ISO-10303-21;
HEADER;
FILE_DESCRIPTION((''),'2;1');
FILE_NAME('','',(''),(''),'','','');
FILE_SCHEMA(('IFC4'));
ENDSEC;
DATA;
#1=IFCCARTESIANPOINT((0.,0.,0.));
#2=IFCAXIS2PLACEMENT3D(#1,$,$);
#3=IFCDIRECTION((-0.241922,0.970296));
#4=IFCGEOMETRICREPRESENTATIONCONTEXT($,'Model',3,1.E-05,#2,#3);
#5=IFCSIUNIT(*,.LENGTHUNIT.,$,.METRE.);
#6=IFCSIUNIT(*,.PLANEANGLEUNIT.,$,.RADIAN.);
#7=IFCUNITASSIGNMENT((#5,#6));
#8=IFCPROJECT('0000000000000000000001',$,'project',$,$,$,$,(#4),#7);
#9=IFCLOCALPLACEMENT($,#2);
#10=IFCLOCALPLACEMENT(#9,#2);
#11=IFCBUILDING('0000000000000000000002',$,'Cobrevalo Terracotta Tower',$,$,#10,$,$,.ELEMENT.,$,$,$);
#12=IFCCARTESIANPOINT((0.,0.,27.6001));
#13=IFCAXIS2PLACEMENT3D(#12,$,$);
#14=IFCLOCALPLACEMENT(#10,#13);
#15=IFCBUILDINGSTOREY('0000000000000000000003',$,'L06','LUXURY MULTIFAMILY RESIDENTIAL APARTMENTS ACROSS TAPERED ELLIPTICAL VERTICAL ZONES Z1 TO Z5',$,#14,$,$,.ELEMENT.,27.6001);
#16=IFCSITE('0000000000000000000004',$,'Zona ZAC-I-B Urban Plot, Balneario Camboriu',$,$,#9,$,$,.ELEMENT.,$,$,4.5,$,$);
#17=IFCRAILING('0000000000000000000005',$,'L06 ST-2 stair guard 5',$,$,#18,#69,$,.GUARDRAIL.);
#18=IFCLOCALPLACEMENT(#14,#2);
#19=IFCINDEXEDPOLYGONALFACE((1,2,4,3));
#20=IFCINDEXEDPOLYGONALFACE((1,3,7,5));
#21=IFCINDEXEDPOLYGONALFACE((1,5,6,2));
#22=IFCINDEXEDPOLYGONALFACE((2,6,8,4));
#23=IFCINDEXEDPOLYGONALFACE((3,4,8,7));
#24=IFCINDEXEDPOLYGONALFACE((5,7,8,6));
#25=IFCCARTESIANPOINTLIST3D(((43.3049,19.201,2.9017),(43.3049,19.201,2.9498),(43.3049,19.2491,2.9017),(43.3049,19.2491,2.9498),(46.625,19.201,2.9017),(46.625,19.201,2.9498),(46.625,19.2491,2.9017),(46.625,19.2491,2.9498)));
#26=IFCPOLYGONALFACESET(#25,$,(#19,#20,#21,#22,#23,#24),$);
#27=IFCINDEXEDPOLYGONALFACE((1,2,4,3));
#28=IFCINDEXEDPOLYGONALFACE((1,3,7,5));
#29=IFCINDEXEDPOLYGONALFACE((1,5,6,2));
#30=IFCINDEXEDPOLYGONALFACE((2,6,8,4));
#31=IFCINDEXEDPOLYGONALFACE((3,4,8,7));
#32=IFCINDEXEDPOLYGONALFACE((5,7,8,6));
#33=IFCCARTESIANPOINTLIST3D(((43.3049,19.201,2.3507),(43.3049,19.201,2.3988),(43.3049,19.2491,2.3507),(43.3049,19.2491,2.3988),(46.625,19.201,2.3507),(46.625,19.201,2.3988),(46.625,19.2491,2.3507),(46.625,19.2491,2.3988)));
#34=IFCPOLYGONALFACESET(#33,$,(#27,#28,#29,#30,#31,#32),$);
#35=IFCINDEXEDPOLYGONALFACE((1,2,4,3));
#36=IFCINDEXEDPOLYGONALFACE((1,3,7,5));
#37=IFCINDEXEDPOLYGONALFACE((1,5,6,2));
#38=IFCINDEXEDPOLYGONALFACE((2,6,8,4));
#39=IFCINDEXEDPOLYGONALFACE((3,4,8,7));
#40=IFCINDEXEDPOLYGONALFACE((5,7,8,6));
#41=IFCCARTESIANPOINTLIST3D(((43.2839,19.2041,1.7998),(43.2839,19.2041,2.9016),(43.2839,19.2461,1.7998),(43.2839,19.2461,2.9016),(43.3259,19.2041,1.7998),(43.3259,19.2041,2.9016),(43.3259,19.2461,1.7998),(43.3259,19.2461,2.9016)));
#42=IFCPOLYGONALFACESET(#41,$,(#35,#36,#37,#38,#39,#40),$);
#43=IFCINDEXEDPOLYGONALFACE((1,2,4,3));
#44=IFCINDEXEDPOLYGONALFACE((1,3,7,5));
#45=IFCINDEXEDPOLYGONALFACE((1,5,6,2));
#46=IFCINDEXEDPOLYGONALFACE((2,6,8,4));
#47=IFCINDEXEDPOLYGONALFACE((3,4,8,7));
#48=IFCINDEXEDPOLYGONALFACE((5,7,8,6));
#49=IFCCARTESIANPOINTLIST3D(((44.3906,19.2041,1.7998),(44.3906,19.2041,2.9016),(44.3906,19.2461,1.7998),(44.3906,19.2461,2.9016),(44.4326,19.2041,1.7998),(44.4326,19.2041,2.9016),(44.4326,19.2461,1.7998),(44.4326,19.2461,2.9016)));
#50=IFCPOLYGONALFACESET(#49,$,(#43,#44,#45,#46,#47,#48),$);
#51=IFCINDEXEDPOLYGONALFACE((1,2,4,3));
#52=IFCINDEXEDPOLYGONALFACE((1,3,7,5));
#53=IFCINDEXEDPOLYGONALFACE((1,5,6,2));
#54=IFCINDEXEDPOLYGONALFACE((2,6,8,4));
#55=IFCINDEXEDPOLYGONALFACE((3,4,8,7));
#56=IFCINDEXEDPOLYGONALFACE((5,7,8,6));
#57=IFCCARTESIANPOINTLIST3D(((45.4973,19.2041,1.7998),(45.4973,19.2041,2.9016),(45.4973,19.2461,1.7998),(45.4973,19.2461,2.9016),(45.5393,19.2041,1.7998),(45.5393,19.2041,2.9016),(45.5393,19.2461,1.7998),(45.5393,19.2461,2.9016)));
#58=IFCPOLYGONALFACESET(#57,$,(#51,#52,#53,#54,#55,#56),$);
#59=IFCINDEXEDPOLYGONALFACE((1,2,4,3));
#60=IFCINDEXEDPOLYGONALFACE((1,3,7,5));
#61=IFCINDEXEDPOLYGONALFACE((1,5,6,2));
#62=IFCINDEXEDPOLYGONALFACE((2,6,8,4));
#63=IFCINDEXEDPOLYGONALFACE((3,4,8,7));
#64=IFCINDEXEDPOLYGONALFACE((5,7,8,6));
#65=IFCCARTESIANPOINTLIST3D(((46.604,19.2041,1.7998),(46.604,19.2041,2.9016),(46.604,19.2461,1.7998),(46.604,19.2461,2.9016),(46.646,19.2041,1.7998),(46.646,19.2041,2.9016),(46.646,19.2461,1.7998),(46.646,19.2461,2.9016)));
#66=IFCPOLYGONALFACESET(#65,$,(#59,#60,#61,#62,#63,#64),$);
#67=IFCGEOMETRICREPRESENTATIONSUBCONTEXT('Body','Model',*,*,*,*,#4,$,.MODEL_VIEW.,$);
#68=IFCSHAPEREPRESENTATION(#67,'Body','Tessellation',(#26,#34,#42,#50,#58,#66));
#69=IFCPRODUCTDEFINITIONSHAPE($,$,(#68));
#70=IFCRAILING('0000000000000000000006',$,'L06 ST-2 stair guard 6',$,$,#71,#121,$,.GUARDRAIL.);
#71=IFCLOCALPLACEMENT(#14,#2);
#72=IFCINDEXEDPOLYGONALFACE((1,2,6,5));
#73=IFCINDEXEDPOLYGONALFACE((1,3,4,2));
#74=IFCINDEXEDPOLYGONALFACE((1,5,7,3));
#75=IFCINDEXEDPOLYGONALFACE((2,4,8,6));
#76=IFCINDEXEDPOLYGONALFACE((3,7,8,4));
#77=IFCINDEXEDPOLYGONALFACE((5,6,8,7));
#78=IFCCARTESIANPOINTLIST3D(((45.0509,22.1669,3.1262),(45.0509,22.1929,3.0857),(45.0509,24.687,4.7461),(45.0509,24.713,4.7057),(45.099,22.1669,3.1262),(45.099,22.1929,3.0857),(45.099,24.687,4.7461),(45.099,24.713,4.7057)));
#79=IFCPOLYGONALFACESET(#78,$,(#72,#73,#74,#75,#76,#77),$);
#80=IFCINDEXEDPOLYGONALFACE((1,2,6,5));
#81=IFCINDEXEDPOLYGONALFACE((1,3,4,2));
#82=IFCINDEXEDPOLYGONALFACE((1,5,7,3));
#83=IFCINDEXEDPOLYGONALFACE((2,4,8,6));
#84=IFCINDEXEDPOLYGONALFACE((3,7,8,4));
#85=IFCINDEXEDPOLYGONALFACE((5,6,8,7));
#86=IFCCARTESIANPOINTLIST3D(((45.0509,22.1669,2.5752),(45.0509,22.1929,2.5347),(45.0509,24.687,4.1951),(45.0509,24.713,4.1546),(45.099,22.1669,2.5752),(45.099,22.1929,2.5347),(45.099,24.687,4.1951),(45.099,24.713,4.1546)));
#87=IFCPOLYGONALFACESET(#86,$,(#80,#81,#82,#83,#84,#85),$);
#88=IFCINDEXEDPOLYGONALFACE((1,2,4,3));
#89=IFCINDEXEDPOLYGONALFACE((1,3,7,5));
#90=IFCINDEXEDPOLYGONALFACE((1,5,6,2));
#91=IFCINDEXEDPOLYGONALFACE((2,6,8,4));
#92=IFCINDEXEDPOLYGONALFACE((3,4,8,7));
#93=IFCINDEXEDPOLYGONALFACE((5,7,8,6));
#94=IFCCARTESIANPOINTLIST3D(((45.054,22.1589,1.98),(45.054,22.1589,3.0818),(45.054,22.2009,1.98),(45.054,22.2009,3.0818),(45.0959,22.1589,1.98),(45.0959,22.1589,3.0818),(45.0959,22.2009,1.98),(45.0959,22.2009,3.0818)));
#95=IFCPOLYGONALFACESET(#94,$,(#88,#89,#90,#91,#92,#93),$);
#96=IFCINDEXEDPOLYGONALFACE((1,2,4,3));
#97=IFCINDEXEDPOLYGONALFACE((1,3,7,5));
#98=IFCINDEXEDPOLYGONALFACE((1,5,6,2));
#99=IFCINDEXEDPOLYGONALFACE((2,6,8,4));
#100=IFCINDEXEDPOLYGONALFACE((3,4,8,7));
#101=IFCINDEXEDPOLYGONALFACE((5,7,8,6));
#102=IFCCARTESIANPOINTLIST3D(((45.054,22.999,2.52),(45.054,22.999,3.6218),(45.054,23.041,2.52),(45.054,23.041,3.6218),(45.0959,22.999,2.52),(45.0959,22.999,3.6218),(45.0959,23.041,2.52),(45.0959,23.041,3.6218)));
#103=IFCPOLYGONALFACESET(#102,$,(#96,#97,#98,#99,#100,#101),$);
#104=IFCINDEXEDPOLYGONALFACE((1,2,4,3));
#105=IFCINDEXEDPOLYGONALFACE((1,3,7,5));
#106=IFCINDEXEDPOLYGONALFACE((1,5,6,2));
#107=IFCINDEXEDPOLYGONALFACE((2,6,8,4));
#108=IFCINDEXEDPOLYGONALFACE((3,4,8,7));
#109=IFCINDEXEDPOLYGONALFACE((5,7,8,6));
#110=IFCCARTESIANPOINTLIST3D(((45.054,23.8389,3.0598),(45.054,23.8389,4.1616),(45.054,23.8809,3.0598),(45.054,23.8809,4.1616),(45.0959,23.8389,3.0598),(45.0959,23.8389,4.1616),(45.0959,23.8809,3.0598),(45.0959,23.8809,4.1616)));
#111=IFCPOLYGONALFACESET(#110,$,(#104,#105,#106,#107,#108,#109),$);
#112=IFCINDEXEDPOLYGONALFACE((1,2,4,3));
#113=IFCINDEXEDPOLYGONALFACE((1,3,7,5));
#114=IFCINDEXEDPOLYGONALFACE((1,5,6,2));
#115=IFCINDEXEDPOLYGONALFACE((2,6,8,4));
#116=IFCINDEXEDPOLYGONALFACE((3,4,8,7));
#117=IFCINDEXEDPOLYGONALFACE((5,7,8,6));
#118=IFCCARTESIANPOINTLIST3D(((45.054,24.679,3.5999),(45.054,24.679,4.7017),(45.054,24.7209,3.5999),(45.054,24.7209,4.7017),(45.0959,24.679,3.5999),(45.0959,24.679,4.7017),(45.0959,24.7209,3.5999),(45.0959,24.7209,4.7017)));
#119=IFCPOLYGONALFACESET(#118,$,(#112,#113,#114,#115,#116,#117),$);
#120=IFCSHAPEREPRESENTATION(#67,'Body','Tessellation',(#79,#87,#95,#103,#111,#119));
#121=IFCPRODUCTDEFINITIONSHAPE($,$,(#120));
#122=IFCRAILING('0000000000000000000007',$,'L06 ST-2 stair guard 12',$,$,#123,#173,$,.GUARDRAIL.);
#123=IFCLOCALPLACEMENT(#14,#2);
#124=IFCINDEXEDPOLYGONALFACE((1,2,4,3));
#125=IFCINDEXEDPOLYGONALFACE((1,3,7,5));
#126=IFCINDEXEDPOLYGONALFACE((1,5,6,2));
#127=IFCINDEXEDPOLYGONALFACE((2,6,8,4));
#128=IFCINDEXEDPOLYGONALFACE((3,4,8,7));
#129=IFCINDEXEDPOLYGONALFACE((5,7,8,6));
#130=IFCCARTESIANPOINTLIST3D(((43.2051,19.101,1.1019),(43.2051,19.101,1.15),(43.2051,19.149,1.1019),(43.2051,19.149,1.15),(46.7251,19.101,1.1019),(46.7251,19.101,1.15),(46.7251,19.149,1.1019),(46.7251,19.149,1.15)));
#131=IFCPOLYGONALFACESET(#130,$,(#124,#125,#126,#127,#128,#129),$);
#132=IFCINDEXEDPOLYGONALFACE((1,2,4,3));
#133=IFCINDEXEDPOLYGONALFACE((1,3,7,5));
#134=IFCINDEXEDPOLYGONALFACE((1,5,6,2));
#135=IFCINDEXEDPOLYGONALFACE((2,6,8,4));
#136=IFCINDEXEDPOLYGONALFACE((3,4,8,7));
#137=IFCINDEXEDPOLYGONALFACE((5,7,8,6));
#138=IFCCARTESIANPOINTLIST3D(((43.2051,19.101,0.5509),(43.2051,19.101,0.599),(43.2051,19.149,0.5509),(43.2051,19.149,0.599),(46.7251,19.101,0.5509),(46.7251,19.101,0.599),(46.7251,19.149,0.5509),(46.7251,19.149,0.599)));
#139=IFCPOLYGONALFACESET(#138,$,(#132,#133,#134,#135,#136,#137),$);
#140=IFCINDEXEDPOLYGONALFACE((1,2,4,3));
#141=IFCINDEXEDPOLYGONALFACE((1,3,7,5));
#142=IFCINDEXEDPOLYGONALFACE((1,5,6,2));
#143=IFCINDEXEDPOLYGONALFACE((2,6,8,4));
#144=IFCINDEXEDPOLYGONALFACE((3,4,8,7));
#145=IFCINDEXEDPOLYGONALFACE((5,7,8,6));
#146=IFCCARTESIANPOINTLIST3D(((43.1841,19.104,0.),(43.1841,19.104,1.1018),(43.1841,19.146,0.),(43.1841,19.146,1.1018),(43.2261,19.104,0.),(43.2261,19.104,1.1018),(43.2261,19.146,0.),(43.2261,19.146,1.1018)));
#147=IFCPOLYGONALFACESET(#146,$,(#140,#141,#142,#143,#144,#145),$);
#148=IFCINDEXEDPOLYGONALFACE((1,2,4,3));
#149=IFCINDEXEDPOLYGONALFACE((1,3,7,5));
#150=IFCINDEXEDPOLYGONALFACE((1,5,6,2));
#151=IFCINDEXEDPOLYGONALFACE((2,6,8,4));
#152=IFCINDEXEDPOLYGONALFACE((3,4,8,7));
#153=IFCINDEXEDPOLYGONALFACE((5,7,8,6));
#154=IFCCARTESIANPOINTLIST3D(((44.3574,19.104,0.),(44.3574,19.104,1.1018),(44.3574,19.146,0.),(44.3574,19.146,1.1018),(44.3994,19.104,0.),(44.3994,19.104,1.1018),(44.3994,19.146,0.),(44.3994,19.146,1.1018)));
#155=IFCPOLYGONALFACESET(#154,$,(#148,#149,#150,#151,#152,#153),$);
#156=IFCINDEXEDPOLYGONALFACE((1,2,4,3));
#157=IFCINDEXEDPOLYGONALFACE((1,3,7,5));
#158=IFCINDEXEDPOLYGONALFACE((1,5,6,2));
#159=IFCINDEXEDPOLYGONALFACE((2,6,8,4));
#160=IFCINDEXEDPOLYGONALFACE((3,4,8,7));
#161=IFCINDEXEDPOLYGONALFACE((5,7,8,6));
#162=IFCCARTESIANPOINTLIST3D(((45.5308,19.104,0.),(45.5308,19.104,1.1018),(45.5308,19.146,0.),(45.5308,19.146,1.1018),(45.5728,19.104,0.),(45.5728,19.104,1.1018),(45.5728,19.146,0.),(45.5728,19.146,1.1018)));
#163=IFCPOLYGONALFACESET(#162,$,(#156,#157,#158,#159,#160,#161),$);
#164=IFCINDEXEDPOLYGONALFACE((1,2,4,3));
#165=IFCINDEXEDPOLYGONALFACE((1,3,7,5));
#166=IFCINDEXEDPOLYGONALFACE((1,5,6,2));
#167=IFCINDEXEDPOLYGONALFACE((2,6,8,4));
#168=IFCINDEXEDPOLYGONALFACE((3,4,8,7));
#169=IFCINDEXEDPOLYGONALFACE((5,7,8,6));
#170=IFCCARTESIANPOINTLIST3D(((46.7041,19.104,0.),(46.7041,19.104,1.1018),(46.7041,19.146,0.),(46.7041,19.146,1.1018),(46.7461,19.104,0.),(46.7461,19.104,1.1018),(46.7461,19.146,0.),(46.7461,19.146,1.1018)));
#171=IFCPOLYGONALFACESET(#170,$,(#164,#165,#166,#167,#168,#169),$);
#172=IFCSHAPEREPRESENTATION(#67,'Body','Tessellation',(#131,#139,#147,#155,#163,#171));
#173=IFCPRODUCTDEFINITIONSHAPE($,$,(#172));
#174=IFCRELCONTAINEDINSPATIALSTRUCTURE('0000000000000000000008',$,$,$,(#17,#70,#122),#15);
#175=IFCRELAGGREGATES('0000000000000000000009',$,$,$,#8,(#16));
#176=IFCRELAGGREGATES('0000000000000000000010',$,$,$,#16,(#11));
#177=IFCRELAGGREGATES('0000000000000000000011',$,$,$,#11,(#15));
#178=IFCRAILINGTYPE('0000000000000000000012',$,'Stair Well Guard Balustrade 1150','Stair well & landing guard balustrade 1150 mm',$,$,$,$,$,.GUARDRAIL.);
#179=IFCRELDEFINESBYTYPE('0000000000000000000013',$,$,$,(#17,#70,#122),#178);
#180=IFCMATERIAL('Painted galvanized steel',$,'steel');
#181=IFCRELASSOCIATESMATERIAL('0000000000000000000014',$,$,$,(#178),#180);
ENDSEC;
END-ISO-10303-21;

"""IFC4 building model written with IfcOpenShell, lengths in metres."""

from ifc_helpers import new_model, si_unit, direction, frame, origin, origin_2d, place, context, subcontext, project, spatial, rectangle, extrude, material, type_object, element, save


model = new_model("IFC4")

# Units and contexts
model_context = context("Model", 3, precision=1e-05, world=origin(), true_north=direction((-0.241922, 0.970296)))
body_context = subcontext(model_context, "Body", "Model", "MODEL_VIEW")
ifc_project = project(units=[si_unit("LENGTHUNIT", "METRE"), si_unit("PLANEANGLEUNIT", "RADIAN")], contexts=[model_context])

# Site, building, storey
site_placement = place(None, origin())
site = spatial("IfcSite", under=ifc_project, at=site_placement, Name="Zona ZAC-I-B Urban Plot, Balneario Camboriu", CompositionType="ELEMENT", RefElevation=4.5)
building_placement = place(site_placement, origin())
building = spatial("IfcBuilding", under=site, at=building_placement, Name="Cobrevalo Terracotta Tower", CompositionType="ELEMENT")
storey_placement = place(building_placement, frame((0.0, 0.0, 27.6001)))
storey = spatial("IfcBuildingStorey", under=building, at=storey_placement, Name="L06", Description="LUXURY MULTIFAMILY RESIDENTIAL APARTMENTS ACROSS TAPERED ELLIPTICAL VERTICAL ZONES Z1 TO Z5", CompositionType="ELEMENT", Elevation=27.6001)

# Railings
ifc_material_1 = material(Name="Painted galvanized steel", Category="steel")
railing_type_1 = type_object("IfcRailingType", Name="Stair Well Guard Balustrade 1150", Description="Stair well & landing guard balustrade 1150 mm", PredefinedType="GUARDRAIL", material=ifc_material_1)
railing_1_placement = place(storey_placement, frame((43.3049, 19.2251, 1.7998)))
element("IfcRailing", 1, at=railing_1_placement, inside=storey, type_object=railing_type_1, Name="L06 ST-2 stair guard 5", PredefinedType="GUARDRAIL", context=body_context, shape_type="SweptSolid", body=[
    extrude(rectangle(XDim=0.0481, YDim=0.0481, at=origin_2d()), frame((0.0, 0.0, 1.126), z_axis=(1.0, 0.0, 0.0), x_axis=(0.0, 1.0, 0.0)), (0.0, 0.0, 1.0), 3.3201),
    extrude(rectangle(XDim=0.0481, YDim=0.0481, at=origin_2d()), frame((0.0, 0.0, 0.575), z_axis=(1.0, 0.0, 0.0), x_axis=(0.0, 1.0, 0.0)), (0.0, 0.0, 1.0), 3.3201),
    extrude(rectangle(XDim=0.042, YDim=0.042, at=origin_2d()), origin(), (0.0, 0.0, 1.0), 1.1018),
    extrude(rectangle(XDim=0.042, YDim=0.042, at=origin_2d()), frame((1.1067, 0.0, 0.0)), (0.0, 0.0, 1.0), 1.1018),
    extrude(rectangle(XDim=0.042, YDim=0.042, at=origin_2d()), frame((2.2134, 0.0, 0.0)), (0.0, 0.0, 1.0), 1.1018),
    extrude(rectangle(XDim=0.042, YDim=0.042, at=origin_2d()), frame((3.3201, 0.0, 0.0)), (0.0, 0.0, 1.0), 1.1018),
])
railing_2_placement = place(storey_placement, frame((45.075, 22.1799, 1.98)))
element("IfcRailing", 2, at=railing_2_placement, inside=storey, type_object=railing_type_1, Name="L06 ST-2 stair guard 6", PredefinedType="GUARDRAIL", context=body_context, shape_type="SweptSolid", body=[
    extrude(rectangle(XDim=0.0481, YDim=0.0481, at=origin_2d()), frame((0.0, 0.0, 1.126), z_axis=(0.0, 0.8412, 0.540725), x_axis=(-1.0, 0.0, 0.0)), (0.0, 0.0, 1.0), 2.9958),
    extrude(rectangle(XDim=0.0481, YDim=0.0481, at=origin_2d()), frame((0.0, 0.0, 0.575), z_axis=(0.0, 0.8412, 0.540725), x_axis=(-1.0, 0.0, 0.0)), (0.0, 0.0, 1.0), 2.9958),
    extrude(rectangle(XDim=0.042, YDim=0.042, at=origin_2d()), origin(), (0.0, 0.0, 1.0), 1.1018),
    extrude(rectangle(XDim=0.042, YDim=0.042, at=origin_2d()), frame((0.0, 0.8401, 0.54)), (0.0, 0.0, 1.0), 1.1018),
    extrude(rectangle(XDim=0.042, YDim=0.042, at=origin_2d()), frame((0.0, 1.6799, 1.0798)), (0.0, 0.0, 1.0), 1.1018),
    extrude(rectangle(XDim=0.042, YDim=0.042, at=origin_2d()), frame((0.0, 2.52, 1.6199)), (0.0, 0.0, 1.0), 1.1018),
])
railing_3_placement = place(storey_placement, frame((43.2051, 19.125, 0.0)))
element("IfcRailing", 3, at=railing_3_placement, inside=storey, type_object=railing_type_1, Name="L06 ST-2 stair guard 12", PredefinedType="GUARDRAIL", context=body_context, shape_type="SweptSolid", body=[
    extrude(rectangle(XDim=0.0481, YDim=0.0481, at=origin_2d()), frame((0.0, 0.0, 1.126), z_axis=(1.0, 0.0, 0.0), x_axis=(0.0, 1.0, 0.0)), (0.0, 0.0, 1.0), 3.52),
    extrude(rectangle(XDim=0.0481, YDim=0.0481, at=origin_2d()), frame((0.0, 0.0, 0.575), z_axis=(1.0, 0.0, 0.0), x_axis=(0.0, 1.0, 0.0)), (0.0, 0.0, 1.0), 3.52),
    extrude(rectangle(XDim=0.042, YDim=0.042, at=origin_2d()), origin(), (0.0, 0.0, 1.0), 1.1018),
    extrude(rectangle(XDim=0.042, YDim=0.042, at=origin_2d()), frame((1.1733, 0.0, 0.0)), (0.0, 0.0, 1.0), 1.1018),
    extrude(rectangle(XDim=0.042, YDim=0.042, at=origin_2d()), frame((2.3467, 0.0, 0.0)), (0.0, 0.0, 1.0), 1.1018),
    extrude(rectangle(XDim=0.042, YDim=0.042, at=origin_2d()), frame((3.52, 0.0, 0.0)), (0.0, 0.0, 1.0), 1.1018),
])

save(model, "model.ifc")
